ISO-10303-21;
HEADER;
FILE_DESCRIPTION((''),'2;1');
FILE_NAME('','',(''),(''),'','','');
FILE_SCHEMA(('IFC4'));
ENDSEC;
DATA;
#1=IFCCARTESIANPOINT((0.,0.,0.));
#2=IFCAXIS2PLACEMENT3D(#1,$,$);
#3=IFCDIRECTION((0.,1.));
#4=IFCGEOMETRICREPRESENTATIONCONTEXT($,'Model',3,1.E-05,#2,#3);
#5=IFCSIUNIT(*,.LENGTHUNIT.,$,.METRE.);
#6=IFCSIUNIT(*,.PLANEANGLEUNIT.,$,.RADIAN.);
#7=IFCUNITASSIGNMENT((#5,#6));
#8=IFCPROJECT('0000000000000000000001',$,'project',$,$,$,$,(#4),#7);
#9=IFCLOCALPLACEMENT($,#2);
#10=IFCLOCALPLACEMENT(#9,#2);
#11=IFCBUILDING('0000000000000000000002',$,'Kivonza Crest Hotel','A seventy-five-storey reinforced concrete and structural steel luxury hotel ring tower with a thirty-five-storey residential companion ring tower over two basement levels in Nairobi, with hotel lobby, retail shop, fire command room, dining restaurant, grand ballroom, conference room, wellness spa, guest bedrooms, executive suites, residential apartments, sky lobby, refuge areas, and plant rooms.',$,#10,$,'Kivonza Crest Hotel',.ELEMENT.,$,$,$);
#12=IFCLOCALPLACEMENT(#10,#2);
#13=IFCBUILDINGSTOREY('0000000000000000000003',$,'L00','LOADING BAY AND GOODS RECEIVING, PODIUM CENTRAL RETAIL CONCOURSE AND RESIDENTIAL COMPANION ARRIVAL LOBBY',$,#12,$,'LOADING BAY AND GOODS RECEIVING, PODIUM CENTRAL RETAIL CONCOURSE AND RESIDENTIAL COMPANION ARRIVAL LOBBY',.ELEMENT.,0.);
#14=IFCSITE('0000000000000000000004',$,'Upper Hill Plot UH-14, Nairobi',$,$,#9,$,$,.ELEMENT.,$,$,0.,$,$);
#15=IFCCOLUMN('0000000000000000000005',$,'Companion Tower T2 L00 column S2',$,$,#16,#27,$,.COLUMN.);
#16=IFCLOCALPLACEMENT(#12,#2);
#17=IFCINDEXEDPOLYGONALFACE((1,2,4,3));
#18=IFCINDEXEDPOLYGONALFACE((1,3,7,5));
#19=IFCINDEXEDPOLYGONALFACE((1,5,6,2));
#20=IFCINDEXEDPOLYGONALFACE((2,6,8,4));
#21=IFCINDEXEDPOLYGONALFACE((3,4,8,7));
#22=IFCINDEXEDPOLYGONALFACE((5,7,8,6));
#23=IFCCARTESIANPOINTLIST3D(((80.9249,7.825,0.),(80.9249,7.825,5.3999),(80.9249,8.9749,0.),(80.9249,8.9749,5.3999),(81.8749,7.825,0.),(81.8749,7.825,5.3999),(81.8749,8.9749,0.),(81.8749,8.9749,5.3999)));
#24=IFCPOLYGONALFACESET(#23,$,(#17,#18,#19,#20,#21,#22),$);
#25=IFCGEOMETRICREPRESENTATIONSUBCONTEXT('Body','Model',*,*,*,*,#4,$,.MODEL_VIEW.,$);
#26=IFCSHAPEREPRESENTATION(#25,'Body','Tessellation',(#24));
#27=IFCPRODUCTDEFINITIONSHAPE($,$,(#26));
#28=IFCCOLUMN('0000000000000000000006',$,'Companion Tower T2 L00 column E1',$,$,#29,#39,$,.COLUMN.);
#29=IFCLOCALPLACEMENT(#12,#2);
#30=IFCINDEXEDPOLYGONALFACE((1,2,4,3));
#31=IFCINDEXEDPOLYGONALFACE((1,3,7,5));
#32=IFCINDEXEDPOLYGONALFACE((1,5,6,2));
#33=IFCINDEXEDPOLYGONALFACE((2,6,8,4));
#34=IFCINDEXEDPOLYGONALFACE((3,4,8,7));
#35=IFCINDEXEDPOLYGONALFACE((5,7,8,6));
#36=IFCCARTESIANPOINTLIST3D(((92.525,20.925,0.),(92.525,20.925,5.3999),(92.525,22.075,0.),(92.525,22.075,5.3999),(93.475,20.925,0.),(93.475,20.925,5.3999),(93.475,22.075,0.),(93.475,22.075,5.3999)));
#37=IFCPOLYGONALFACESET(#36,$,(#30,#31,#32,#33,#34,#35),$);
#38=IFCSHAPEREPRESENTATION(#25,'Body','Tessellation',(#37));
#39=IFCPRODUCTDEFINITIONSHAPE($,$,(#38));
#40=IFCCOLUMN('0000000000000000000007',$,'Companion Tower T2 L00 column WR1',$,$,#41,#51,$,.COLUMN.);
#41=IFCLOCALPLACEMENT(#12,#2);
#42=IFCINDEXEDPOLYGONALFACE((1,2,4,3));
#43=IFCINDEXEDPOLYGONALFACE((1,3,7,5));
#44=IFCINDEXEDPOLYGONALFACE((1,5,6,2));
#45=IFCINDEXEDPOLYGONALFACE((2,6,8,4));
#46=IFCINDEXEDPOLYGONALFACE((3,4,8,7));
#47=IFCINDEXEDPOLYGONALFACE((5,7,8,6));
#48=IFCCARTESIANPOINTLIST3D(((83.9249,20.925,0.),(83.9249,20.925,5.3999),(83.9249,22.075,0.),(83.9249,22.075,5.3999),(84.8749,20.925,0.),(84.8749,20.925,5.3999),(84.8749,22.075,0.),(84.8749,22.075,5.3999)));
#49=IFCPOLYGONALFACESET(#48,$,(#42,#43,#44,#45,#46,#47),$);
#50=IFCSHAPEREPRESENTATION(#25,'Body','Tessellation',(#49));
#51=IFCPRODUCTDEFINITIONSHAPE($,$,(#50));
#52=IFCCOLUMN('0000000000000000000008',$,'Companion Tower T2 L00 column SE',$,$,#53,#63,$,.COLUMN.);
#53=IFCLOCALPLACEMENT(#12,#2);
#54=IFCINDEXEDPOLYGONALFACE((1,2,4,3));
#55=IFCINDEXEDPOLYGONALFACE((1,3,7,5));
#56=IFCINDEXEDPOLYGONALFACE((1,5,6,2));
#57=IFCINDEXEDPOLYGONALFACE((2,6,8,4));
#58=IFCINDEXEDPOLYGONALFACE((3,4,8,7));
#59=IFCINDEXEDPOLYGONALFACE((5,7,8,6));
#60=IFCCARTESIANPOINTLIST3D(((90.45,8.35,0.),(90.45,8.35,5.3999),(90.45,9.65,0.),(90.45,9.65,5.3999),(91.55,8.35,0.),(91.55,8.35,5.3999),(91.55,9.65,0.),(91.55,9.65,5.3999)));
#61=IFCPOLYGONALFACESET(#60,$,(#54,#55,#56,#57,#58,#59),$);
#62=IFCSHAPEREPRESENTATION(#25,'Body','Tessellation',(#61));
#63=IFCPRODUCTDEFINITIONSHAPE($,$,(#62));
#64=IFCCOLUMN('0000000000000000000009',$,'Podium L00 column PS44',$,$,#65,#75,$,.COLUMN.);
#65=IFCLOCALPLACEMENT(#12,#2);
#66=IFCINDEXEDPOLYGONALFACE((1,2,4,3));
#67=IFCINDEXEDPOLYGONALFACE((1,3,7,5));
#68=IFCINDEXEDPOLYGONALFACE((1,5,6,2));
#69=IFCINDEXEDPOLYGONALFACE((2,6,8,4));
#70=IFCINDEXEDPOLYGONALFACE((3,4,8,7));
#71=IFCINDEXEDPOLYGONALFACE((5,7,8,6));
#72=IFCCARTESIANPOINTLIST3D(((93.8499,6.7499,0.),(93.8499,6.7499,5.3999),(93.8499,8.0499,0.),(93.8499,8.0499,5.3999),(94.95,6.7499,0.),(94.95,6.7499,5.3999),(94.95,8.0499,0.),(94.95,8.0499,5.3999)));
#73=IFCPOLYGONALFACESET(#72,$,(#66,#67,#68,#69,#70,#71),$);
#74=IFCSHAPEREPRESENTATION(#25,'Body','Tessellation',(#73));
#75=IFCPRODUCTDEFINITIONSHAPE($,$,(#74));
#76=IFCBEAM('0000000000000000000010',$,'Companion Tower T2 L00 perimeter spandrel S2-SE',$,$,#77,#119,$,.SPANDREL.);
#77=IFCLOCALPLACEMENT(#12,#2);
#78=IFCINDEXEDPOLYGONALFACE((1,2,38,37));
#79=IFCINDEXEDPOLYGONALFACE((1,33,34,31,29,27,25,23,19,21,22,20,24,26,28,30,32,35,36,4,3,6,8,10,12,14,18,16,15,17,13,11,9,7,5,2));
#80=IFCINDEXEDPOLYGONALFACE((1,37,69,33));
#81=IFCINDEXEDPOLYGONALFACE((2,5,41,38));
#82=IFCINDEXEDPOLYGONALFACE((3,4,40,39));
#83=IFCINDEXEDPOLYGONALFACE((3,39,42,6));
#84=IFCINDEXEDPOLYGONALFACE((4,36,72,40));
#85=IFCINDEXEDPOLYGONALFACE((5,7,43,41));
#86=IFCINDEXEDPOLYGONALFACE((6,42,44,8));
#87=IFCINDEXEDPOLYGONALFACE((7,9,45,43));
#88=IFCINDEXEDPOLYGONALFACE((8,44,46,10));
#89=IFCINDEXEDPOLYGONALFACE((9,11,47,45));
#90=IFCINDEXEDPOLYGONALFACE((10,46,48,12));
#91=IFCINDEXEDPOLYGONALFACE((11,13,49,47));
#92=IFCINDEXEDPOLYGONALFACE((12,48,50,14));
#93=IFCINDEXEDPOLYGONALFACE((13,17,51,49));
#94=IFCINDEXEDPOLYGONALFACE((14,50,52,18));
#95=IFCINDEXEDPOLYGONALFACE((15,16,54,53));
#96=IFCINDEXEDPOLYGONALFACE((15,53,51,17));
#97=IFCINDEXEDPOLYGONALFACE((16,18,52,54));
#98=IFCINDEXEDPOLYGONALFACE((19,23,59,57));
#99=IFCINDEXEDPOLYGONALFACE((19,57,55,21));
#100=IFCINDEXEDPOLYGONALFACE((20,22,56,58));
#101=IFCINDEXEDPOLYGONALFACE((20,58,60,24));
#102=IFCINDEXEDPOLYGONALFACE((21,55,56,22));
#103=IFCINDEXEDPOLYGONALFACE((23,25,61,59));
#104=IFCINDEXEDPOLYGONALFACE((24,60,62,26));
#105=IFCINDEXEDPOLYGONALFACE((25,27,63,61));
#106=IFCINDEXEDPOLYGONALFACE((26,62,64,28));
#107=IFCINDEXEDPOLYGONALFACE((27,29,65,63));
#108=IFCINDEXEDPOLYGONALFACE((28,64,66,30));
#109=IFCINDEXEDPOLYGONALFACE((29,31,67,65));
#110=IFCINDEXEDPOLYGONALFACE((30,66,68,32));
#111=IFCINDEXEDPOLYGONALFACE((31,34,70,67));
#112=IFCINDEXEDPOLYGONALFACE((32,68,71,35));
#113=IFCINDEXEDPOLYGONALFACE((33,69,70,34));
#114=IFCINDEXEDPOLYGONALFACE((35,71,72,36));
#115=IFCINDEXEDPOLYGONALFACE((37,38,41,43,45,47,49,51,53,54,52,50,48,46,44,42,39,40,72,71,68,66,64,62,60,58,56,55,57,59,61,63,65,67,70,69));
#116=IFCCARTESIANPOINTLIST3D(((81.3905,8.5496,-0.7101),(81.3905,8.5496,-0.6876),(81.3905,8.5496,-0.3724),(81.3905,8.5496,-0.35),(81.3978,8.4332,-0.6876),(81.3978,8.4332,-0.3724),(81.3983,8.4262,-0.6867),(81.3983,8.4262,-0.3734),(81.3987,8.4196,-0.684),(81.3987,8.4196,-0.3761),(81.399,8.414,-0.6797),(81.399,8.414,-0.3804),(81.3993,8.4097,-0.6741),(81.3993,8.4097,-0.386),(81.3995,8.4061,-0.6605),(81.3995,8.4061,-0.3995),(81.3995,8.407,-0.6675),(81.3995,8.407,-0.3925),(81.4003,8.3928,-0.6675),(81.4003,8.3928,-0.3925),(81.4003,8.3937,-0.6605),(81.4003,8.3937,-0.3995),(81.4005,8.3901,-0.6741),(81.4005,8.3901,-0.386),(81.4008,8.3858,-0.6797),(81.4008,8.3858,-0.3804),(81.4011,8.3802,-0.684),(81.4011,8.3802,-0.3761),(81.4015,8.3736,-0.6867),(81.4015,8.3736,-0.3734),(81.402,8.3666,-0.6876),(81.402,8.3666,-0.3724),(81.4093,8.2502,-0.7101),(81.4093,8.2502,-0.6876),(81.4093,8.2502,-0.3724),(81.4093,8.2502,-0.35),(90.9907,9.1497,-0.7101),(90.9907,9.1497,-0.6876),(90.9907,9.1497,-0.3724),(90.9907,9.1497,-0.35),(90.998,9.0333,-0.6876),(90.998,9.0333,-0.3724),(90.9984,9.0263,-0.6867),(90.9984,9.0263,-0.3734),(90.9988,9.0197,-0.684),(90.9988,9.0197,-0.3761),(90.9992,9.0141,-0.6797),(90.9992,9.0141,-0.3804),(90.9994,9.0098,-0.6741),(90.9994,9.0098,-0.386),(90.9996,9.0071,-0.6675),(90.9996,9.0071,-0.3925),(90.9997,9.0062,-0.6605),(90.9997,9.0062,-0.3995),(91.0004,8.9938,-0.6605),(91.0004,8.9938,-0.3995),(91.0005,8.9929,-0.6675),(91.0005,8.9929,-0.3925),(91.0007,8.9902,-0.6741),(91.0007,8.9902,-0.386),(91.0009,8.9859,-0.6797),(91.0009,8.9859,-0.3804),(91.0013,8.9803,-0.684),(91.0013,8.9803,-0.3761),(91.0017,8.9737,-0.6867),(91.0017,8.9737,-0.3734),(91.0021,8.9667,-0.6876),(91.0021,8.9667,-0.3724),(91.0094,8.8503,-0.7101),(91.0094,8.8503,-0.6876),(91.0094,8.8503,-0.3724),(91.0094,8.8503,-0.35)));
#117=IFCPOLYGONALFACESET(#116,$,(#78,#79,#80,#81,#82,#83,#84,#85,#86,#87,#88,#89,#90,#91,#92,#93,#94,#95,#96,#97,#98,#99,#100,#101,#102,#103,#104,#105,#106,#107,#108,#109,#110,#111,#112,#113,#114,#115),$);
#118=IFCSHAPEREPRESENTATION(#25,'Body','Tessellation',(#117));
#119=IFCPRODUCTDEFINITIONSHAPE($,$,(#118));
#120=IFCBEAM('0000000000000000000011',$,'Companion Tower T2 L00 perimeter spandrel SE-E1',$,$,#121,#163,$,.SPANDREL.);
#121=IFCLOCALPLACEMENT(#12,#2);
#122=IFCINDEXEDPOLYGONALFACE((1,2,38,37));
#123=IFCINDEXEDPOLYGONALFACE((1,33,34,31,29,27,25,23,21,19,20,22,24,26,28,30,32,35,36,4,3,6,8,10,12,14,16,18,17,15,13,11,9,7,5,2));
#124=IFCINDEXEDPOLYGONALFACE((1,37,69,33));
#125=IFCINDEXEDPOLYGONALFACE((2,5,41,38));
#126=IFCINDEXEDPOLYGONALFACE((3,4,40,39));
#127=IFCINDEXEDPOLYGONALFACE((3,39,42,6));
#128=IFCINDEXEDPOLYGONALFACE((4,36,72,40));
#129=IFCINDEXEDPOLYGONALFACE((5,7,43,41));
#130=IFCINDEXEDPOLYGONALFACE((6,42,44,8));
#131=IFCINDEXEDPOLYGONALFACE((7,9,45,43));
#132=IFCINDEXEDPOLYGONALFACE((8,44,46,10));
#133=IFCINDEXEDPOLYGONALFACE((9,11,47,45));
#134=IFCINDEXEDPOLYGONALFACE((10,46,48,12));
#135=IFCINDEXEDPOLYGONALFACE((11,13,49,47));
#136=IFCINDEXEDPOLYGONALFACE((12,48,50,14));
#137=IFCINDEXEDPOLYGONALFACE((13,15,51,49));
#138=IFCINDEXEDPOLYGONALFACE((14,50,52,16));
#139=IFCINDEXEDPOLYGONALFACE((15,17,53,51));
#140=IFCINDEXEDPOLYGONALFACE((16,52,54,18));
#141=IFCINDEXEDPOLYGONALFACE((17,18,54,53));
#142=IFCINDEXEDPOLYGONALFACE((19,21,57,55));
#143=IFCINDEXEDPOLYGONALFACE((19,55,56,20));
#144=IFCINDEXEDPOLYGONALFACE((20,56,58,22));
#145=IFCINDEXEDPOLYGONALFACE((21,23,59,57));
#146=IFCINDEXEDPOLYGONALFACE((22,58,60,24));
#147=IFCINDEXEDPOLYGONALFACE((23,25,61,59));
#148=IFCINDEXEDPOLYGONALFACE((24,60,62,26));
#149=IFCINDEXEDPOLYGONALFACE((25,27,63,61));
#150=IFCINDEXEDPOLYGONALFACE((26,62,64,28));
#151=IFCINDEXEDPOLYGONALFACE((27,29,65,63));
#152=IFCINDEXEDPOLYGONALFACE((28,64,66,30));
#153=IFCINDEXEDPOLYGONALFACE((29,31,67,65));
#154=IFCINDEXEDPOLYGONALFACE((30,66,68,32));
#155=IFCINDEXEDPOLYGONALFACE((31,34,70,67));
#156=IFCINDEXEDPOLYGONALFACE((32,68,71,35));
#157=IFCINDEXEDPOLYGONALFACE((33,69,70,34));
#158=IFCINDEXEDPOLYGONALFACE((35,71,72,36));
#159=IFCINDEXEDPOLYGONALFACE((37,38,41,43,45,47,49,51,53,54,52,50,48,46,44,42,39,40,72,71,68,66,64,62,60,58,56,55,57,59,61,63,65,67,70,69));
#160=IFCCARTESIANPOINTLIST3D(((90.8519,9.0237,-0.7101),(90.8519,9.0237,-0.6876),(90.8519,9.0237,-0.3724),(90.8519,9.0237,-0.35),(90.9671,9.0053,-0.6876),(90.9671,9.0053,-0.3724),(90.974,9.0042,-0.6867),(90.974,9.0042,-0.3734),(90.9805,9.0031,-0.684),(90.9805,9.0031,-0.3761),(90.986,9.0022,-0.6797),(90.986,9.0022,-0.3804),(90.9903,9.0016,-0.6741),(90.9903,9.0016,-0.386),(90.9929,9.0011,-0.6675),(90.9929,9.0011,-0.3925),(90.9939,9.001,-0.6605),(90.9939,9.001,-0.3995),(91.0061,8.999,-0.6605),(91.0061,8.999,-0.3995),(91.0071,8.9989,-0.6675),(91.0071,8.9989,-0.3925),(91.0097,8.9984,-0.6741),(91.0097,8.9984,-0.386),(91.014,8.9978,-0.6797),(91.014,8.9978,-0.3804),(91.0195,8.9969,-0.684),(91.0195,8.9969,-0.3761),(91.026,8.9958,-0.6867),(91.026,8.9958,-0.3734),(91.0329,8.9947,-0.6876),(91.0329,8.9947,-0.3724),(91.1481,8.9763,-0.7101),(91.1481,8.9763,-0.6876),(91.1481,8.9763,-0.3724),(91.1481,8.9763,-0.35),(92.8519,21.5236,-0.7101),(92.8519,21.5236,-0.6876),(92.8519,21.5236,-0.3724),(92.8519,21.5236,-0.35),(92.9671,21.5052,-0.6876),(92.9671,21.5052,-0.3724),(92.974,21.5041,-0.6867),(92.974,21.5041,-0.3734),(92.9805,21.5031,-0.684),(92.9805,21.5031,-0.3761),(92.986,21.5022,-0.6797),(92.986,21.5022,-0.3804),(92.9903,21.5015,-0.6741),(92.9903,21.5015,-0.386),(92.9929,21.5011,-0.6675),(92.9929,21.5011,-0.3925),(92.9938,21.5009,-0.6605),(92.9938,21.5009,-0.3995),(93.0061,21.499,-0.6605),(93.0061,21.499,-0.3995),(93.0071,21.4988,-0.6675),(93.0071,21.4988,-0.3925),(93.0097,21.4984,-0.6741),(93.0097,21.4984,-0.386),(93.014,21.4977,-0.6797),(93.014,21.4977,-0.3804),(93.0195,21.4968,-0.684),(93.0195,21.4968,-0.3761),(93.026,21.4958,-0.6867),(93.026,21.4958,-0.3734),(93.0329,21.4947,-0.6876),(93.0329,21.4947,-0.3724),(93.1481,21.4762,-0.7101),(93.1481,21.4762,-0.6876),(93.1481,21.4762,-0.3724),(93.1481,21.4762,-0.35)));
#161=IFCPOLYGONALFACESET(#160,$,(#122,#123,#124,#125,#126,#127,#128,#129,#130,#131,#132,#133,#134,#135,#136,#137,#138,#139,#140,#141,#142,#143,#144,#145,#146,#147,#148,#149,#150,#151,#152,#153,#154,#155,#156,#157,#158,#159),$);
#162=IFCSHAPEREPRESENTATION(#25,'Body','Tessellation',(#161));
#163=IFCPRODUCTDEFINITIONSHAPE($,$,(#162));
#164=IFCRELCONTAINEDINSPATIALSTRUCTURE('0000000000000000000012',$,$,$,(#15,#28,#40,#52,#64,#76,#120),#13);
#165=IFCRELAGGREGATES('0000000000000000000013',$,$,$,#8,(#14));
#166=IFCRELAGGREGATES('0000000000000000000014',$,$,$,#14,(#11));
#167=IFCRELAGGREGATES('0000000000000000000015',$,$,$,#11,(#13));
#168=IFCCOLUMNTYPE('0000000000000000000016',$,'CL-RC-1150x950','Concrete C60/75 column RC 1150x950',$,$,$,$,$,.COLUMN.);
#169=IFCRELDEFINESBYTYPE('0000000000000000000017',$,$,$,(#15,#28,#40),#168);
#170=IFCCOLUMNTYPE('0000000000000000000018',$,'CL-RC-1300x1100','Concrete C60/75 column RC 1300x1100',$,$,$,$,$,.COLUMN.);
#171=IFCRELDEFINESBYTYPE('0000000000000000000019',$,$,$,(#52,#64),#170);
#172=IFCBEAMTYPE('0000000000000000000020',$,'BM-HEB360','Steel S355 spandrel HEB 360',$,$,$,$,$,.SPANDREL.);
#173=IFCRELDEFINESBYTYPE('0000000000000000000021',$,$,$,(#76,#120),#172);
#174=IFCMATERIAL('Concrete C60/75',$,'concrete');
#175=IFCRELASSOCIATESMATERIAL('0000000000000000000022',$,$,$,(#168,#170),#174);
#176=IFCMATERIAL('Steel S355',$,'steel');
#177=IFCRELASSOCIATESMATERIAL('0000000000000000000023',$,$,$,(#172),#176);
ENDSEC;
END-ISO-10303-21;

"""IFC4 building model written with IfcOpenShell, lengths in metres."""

from ifc_helpers import new_model, si_unit, direction, frame, origin, origin_2d, place, context, subcontext, project, spatial, rectangle, i_section, extrude, material, material_profile, profile_set, type_object, element, save


model = new_model("IFC4")

# Units and contexts
model_context = context("Model", 3, precision=1e-05, world=origin(), true_north=direction((0.0, 1.0)))
body_context = subcontext(model_context, "Body", "Model", "MODEL_VIEW")
ifc_project = project(units=[si_unit("LENGTHUNIT", "METRE"), si_unit("PLANEANGLEUNIT", "RADIAN")], contexts=[model_context])

# Site, building, storey
site_placement = place(None, origin())
site = spatial("IfcSite", under=ifc_project, at=site_placement, Name="Upper Hill Plot UH-14, Nairobi", CompositionType="ELEMENT", RefElevation=0.0)
building_placement = place(site_placement, origin())
building = spatial("IfcBuilding", under=site, at=building_placement, Name="Kivonza Crest Hotel", Description="A seventy-five-storey reinforced concrete and structural steel luxury hotel ring tower with a thirty-five-storey residential companion ring tower over two basement levels in Nairobi, with hotel lobby, retail shop, fire command room, dining restaurant, grand ballroom, conference room, wellness spa, guest bedrooms, executive suites, residential apartments, sky lobby, refuge areas, and plant rooms.", LongName="Kivonza Crest Hotel", CompositionType="ELEMENT")
storey_placement = place(building_placement, origin())
storey = spatial("IfcBuildingStorey", under=building, at=storey_placement, Name="L00", Description="LOADING BAY AND GOODS RECEIVING, PODIUM CENTRAL RETAIL CONCOURSE AND RESIDENTIAL COMPANION ARRIVAL LOBBY", LongName="LOADING BAY AND GOODS RECEIVING, PODIUM CENTRAL RETAIL CONCOURSE AND RESIDENTIAL COMPANION ARRIVAL LOBBY", CompositionType="ELEMENT", Elevation=0.0)

# Columns
ifc_material_1 = material(Name="Concrete C60/75", Category="concrete")
ifc_material_profile_1 = material_profile(ifc_material_1, rectangle(XDim=0.95, YDim=1.1499, at=origin_2d()), Name="RC 1150x950")
ifc_profile_set_1 = profile_set([ifc_material_profile_1], Name="Concrete C60/75")
column_type_1 = type_object("IfcColumnType", Name="CL-RC-1150x950", Description="Concrete C60/75 column RC 1150x950", PredefinedType="COLUMN", material=ifc_profile_set_1)
for number, where, z_axis, x_axis, name in (
    (1, (81.3999, 8.3999, 0.0), (0.0, 0.0, 1.0), (1.0, 0.0, 0.0), "Companion Tower T2 L00 column S2"),
    (2, (93.0, 21.5, 0.0), (0.0, 0.0, 1.0), (1.0, 0.0, 0.0), "Companion Tower T2 L00 column E1"),
    (3, (84.3999, 21.5, 0.0), (0.0, 0.0, 1.0), (1.0, 0.0, 0.0), "Companion Tower T2 L00 column WR1"),
):
    element("IfcColumn", number, at=place(storey_placement, frame(where, z_axis=z_axis, x_axis=x_axis)), inside=storey, type_object=column_type_1, Name=name, PredefinedType="COLUMN", context=body_context, shape_type="SweptSolid", body=[
        extrude(rectangle(XDim=0.95, YDim=1.1499, at=origin_2d()), origin(), (0.0, 0.0, 1.0), 5.3999),
    ])
ifc_material_profile_2 = material_profile(ifc_material_1, rectangle(XDim=1.1001, YDim=1.3, at=origin_2d()), Name="RC 1300x1100")
ifc_profile_set_2 = profile_set([ifc_material_profile_2], Name="Concrete C60/75")
column_type_2 = type_object("IfcColumnType", Name="CL-RC-1300x1100", Description="Concrete C60/75 column RC 1300x1100", PredefinedType="COLUMN", material=ifc_profile_set_2)
for number, where, z_axis, x_axis, name in (
    (4, (91.0, 9.0, 0.0), (0.0, 0.0, 1.0), (1.0, 0.0, 0.0), "Companion Tower T2 L00 column SE"),
    (5, (94.3999, 7.3999, 0.0), (0.0, 0.0, 1.0), (1.0, 0.0, 0.0), "Podium L00 column PS44"),
):
    element("IfcColumn", number, at=place(storey_placement, frame(where, z_axis=z_axis, x_axis=x_axis)), inside=storey, type_object=column_type_2, Name=name, PredefinedType="COLUMN", context=body_context, shape_type="SweptSolid", body=[
        extrude(rectangle(XDim=1.1001, YDim=1.3, at=origin_2d()), origin(), (0.0, 0.0, 1.0), 5.3999),
    ])

# Beams
ifc_material_2 = material(Name="Steel S355", Category="steel")
ifc_material_profile_3 = material_profile(ifc_material_2, i_section(OverallWidth=0.3, OverallDepth=0.3601, WebThickness=0.0125, FlangeThickness=0.0225, FilletRadius=0.0271, at=origin_2d()), Name="HEB 360")
ifc_profile_set_3 = profile_set([ifc_material_profile_3], Name="Steel S355")
beam_type_1 = type_object("IfcBeamType", Name="BM-HEB360", Description="Steel S355 spandrel HEB 360", PredefinedType="SPANDREL", material=ifc_profile_set_3)
beam_1_placement = place(storey_placement, frame((81.3999, 8.3999, -0.53), z_axis=(0.998052, 0.062388, 0.0), x_axis=(-0.062388, 0.998052, 0.0)))
element("IfcBeam", 6, at=beam_1_placement, inside=storey, type_object=beam_type_1, Name="Companion Tower T2 L00 perimeter spandrel S2-SE", PredefinedType="SPANDREL", context=body_context, shape_type="SweptSolid", body=[
    extrude(i_section(OverallWidth=0.3, OverallDepth=0.3601, WebThickness=0.0125, FlangeThickness=0.0225, FilletRadius=0.0271, at=origin_2d()), origin(), (0.0, 0.0, 1.0), 9.6189),
])
beam_2_placement = place(storey_placement, frame((91.0, 9.0, -0.53), z_axis=(0.157991, 0.987441, 0.0), x_axis=(-0.987441, 0.157991, 0.0)))
element("IfcBeam", 7, at=beam_2_placement, inside=storey, type_object=beam_type_1, Name="Companion Tower T2 L00 perimeter spandrel SE-E1", PredefinedType="SPANDREL", context=body_context, shape_type="SweptSolid", body=[
    extrude(i_section(OverallWidth=0.3, OverallDepth=0.3601, WebThickness=0.0125, FlangeThickness=0.0225, FilletRadius=0.0271, at=origin_2d()), origin(), (0.0, 0.0, 1.0), 12.6589),
])

save(model, "model.ifc")
